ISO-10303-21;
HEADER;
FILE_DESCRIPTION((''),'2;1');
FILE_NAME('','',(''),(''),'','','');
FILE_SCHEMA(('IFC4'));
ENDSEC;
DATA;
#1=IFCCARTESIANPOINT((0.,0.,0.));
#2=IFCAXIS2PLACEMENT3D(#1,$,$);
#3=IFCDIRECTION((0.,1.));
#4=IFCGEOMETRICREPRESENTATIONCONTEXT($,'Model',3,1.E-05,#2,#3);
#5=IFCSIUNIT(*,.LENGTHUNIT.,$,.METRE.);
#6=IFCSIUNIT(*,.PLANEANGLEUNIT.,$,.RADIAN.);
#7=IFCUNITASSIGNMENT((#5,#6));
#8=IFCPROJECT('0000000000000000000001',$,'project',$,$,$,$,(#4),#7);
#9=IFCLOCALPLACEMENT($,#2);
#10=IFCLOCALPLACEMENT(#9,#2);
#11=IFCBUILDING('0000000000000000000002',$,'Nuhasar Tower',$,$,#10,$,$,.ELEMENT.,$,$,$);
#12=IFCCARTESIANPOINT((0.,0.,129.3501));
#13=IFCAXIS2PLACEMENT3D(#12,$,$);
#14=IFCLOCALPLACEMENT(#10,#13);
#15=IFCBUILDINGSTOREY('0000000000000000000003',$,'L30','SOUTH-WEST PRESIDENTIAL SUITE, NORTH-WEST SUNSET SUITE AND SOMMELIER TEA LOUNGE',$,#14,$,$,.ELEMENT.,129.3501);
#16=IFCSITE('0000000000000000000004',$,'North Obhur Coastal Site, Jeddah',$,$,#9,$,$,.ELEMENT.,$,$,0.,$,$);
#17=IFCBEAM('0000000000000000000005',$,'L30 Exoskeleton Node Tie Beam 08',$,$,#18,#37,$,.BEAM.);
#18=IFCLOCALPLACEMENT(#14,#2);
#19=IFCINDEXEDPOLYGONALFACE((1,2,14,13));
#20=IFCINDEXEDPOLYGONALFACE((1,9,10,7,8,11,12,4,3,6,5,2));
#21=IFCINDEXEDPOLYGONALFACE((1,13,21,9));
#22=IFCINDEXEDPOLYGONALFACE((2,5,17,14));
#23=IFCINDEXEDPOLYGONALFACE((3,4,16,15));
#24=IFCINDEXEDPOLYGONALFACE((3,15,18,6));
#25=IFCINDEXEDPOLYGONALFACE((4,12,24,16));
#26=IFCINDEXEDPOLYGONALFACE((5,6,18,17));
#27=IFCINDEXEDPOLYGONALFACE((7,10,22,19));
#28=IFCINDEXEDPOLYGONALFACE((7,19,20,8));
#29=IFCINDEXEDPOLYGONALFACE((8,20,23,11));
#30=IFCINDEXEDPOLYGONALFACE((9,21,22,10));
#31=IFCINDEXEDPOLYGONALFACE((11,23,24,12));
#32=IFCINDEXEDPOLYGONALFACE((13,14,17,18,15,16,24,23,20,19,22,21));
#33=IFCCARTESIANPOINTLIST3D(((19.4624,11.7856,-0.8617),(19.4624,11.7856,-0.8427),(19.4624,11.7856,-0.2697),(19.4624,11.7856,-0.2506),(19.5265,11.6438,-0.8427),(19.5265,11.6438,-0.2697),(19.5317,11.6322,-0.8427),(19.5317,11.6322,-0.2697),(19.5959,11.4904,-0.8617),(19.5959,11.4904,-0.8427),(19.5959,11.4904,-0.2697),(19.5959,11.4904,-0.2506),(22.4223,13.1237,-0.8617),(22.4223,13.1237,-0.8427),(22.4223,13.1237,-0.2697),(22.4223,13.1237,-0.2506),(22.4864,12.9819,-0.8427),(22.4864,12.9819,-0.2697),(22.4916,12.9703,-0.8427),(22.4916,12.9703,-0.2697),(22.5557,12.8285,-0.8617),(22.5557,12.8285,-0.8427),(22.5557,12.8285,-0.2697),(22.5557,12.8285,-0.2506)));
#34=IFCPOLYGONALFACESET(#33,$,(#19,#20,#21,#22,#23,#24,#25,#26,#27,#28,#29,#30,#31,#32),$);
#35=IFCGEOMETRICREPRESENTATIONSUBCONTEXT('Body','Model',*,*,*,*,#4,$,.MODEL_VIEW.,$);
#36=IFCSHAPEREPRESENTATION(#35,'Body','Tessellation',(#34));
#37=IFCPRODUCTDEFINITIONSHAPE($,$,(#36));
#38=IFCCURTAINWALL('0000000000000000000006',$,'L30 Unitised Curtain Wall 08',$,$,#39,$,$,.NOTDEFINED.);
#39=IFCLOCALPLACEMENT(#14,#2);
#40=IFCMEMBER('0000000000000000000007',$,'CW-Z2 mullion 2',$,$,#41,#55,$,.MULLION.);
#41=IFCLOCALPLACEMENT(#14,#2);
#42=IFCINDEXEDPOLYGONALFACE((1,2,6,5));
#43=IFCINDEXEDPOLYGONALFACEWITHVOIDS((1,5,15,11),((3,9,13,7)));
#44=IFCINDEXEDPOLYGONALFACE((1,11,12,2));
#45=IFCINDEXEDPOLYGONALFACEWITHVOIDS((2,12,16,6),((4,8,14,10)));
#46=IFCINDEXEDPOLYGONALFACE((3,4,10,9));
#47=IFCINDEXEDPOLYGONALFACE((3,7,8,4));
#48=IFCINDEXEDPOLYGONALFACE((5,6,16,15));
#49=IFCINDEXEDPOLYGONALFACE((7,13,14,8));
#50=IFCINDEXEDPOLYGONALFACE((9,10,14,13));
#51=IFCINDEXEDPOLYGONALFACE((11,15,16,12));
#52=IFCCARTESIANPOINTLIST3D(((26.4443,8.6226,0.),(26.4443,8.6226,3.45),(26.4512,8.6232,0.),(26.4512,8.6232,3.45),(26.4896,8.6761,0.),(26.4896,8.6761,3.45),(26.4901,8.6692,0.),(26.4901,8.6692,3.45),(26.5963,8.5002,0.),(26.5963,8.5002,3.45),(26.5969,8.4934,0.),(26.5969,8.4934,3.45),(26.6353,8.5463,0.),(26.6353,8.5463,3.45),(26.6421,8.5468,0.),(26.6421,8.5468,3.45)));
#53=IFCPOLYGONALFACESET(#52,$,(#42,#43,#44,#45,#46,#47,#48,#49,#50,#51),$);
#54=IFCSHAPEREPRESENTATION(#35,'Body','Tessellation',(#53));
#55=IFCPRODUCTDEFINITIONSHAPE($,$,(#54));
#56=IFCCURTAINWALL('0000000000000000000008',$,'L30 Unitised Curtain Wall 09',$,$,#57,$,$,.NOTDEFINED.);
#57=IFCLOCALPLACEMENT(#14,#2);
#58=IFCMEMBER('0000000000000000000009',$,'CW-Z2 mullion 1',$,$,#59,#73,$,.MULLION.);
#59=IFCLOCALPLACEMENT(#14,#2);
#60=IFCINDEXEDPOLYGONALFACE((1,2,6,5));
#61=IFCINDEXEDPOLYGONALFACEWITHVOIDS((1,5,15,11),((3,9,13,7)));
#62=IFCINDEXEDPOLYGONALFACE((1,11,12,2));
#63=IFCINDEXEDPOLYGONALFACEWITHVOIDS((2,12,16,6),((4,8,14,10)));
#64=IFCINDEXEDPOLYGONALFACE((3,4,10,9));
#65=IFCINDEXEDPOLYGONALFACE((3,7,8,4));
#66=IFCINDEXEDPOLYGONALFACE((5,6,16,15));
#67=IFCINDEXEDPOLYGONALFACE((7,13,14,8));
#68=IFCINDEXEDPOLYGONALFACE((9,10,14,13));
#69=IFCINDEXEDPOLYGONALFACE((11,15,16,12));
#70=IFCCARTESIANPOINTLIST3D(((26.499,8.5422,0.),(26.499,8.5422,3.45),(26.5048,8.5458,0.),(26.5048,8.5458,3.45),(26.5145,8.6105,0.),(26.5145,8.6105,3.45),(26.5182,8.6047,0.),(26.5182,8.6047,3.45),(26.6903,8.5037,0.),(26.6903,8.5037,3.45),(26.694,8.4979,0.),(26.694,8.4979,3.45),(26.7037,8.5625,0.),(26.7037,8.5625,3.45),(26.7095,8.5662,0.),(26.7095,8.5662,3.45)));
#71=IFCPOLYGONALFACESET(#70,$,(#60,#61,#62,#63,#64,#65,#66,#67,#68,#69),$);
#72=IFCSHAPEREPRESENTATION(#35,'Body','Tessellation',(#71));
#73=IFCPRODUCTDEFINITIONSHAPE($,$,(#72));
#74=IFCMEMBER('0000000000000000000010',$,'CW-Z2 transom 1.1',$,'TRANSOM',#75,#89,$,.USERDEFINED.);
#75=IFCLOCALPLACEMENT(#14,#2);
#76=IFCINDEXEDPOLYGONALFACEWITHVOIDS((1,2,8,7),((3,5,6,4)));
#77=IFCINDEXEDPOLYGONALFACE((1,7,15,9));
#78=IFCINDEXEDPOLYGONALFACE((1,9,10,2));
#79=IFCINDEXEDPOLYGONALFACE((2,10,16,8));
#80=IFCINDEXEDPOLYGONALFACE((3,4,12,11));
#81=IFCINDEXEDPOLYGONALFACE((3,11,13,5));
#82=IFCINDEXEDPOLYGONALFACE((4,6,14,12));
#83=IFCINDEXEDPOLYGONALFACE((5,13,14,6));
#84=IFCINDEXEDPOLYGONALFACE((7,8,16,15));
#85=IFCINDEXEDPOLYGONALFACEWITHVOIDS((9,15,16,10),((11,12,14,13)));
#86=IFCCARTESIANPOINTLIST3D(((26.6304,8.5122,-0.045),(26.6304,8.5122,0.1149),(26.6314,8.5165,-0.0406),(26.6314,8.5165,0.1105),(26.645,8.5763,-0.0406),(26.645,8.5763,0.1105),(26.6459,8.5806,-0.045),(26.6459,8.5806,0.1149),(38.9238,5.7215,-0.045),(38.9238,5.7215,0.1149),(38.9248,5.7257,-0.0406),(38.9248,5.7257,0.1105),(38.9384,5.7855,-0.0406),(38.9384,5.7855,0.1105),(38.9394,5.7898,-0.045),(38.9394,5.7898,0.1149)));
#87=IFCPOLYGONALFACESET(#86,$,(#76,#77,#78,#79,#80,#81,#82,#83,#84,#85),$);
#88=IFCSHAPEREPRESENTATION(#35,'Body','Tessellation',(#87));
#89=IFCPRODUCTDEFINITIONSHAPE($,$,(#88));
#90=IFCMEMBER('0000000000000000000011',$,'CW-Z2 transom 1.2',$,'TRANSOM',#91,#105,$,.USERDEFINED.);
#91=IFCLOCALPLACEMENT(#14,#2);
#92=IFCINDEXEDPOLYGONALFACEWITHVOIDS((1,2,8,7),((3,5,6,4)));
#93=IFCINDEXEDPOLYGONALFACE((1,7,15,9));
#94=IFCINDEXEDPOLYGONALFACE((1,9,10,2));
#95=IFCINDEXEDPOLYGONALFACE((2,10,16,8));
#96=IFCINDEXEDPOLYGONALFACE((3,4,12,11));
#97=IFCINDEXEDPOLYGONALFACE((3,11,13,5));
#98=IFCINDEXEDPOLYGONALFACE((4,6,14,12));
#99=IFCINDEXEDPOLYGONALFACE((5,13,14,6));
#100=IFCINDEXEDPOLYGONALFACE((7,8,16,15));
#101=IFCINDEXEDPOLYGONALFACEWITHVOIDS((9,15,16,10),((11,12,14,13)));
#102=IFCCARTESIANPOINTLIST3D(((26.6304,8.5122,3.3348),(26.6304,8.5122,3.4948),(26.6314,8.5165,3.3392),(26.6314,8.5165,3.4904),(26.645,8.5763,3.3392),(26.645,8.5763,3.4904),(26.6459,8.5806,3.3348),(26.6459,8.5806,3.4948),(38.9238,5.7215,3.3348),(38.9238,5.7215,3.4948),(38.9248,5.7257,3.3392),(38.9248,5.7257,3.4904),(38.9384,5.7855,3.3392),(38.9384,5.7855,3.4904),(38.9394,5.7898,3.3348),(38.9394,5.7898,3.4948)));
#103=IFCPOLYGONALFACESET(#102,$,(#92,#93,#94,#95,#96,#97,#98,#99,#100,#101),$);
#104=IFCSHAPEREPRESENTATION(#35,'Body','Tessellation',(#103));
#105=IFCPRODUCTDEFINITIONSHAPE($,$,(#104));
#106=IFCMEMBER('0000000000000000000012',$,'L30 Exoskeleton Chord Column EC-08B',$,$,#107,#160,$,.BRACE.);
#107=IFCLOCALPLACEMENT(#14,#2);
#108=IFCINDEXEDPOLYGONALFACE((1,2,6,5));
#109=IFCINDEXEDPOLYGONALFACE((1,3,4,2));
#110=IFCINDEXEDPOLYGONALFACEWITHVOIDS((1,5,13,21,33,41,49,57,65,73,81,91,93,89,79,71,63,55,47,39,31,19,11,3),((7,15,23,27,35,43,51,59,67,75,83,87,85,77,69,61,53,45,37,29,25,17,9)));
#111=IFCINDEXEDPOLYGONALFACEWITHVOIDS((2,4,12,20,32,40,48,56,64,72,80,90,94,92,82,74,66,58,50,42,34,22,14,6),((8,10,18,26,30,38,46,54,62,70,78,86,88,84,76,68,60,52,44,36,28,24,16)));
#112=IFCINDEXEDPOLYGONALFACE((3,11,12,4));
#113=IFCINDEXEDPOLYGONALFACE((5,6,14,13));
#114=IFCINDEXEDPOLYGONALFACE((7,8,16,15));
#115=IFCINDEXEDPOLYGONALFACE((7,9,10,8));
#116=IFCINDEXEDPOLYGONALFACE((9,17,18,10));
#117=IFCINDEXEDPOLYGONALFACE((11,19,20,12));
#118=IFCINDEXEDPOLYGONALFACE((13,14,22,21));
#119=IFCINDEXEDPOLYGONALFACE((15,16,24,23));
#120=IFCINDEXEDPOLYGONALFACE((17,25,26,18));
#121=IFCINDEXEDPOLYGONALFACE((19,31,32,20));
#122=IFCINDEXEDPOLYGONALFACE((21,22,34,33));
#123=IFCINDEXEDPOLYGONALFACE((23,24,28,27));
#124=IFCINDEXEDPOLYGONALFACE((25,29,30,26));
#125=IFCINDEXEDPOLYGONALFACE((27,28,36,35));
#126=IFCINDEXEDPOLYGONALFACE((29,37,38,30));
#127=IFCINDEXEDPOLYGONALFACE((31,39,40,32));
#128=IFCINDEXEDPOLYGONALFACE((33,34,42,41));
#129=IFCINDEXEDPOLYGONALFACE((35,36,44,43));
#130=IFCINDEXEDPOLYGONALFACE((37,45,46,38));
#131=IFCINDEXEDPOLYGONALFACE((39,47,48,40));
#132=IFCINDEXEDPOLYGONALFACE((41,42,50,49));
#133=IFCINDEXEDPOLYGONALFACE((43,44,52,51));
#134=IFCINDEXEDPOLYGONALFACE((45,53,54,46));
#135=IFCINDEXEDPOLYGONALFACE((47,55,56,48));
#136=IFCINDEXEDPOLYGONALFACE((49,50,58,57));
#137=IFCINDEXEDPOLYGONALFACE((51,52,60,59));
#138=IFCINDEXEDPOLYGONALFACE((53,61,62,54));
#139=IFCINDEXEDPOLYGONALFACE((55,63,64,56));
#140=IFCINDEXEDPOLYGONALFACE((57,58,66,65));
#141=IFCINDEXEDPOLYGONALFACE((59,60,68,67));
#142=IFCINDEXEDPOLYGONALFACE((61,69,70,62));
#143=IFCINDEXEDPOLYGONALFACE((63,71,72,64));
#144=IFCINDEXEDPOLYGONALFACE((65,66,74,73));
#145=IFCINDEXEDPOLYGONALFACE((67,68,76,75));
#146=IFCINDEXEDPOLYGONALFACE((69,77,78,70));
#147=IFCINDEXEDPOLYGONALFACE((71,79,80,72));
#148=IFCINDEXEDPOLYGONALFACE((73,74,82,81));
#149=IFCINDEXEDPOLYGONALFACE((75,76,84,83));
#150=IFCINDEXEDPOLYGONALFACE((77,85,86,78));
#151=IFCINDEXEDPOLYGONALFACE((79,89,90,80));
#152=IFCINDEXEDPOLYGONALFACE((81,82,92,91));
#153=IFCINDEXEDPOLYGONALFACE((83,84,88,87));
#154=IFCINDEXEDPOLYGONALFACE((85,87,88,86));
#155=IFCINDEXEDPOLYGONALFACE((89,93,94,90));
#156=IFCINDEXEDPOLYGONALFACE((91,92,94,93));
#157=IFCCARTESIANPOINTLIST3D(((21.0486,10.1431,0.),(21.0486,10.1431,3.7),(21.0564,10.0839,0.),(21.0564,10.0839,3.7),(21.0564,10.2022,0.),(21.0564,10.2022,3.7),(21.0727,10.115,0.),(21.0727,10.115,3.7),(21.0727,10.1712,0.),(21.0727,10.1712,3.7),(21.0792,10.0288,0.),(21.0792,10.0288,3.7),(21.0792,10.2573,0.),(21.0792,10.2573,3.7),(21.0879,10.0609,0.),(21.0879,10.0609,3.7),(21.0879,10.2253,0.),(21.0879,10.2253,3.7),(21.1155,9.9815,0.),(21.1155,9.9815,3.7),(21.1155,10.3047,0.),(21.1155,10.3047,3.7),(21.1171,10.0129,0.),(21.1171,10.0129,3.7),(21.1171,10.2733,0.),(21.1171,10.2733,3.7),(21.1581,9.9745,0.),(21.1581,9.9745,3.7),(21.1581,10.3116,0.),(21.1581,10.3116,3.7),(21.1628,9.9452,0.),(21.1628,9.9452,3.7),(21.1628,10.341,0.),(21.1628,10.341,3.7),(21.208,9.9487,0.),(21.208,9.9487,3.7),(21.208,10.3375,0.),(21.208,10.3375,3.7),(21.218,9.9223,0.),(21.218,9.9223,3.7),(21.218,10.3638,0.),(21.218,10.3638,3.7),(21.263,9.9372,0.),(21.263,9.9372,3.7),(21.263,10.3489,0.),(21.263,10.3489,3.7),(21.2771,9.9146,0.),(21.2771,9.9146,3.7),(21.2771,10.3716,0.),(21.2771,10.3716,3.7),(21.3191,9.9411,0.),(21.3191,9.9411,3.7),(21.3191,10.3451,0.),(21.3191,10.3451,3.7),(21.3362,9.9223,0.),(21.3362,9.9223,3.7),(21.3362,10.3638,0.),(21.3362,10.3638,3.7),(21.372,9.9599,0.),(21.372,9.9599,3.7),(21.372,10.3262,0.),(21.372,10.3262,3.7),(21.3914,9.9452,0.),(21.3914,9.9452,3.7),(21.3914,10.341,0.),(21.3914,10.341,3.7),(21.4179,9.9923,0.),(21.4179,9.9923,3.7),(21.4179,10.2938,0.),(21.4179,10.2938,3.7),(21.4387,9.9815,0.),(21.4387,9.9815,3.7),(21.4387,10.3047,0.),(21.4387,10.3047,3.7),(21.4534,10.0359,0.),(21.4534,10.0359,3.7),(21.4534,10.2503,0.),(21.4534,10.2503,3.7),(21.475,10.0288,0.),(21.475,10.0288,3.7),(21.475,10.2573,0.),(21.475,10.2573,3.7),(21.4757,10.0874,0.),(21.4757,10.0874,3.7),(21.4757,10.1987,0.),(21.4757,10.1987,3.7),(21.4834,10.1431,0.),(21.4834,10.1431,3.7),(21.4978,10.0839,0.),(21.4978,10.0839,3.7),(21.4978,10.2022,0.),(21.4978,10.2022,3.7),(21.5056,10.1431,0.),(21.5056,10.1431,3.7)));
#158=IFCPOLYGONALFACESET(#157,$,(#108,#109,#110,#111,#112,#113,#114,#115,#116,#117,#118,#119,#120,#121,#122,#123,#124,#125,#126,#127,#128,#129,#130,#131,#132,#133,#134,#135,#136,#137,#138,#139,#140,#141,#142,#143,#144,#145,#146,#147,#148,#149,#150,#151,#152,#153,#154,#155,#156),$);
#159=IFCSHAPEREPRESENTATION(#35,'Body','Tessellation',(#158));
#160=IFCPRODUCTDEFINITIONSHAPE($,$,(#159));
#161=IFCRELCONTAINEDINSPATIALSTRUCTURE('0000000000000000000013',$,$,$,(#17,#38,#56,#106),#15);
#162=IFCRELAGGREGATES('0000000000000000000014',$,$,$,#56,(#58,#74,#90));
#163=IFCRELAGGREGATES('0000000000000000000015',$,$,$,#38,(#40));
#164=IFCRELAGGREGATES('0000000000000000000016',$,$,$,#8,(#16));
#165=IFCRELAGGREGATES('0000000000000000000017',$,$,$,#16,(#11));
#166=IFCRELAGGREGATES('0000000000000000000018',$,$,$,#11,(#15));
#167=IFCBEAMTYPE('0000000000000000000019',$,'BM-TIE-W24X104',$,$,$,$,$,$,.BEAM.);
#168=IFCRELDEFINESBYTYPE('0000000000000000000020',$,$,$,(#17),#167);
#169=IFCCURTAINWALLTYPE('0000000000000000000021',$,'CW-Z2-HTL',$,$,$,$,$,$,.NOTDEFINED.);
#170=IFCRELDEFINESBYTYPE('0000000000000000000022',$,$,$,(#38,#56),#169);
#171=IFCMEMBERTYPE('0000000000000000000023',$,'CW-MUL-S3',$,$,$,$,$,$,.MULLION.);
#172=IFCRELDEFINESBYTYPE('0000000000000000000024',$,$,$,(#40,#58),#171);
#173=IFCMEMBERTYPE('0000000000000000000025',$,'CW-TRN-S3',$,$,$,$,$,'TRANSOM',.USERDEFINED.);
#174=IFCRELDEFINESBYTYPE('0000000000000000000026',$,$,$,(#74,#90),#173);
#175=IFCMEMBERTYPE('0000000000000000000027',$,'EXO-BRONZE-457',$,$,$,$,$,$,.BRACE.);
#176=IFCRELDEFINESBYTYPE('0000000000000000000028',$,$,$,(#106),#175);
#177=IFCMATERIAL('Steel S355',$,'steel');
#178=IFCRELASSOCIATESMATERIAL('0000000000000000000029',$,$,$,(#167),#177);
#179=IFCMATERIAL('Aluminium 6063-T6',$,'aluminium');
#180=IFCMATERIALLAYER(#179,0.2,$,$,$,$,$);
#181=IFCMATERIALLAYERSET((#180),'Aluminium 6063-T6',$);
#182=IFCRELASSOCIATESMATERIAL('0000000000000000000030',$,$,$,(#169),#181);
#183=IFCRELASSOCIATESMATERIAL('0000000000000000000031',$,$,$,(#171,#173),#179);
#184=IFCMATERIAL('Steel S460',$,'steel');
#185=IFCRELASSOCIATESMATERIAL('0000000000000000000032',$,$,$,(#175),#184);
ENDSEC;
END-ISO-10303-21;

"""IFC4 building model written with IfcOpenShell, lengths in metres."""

from ifc_helpers import new_model, si_unit, direction, frame, origin, origin_2d, place, context, subcontext, project, spatial, hollow_rectangle, hollow_circle, i_section, extrude, material, layer, layer_set, material_profile, profile_set, type_object, element, aggregate, save


model = new_model("IFC4")

# Units and contexts
model_context = context("Model", 3, precision=1e-05, world=origin(), true_north=direction((0.0, 1.0)))
body_context = subcontext(model_context, "Body", "Model", "MODEL_VIEW")
ifc_project = project(units=[si_unit("LENGTHUNIT", "METRE"), si_unit("PLANEANGLEUNIT", "RADIAN")], contexts=[model_context])

# Site, building, storey
site_placement = place(None, origin())
site = spatial("IfcSite", under=ifc_project, at=site_placement, Name="North Obhur Coastal Site, Jeddah", CompositionType="ELEMENT", RefElevation=0.0)
building_placement = place(site_placement, origin())
building = spatial("IfcBuilding", under=site, at=building_placement, Name="Nuhasar Tower", CompositionType="ELEMENT")
storey_placement = place(building_placement, frame((0.0, 0.0, 129.3501)))
storey = spatial("IfcBuildingStorey", under=building, at=storey_placement, Name="L30", Description="SOUTH-WEST PRESIDENTIAL SUITE, NORTH-WEST SUNSET SUITE AND SOMMELIER TEA LOUNGE", CompositionType="ELEMENT", Elevation=129.3501)

# Beam
ifc_material_1 = material(Name="Steel S355", Category="steel")
ifc_material_profile_1 = material_profile(ifc_material_1, i_section(OverallWidth=0.324, OverallDepth=0.6111, WebThickness=0.0127, FlangeThickness=0.019, at=origin_2d()), Name="W24X104")
ifc_profile_set_1 = profile_set([ifc_material_profile_1], Name="Steel S355")
beam_type_1 = type_object("IfcBeamType", Name="BM-TIE-W24X104", PredefinedType="BEAM", material=ifc_profile_set_1)
beam_1_placement = place(storey_placement, frame((22.489, 12.9761, -0.5562), z_axis=(-0.911211, -0.411939, 0.0), x_axis=(0.411939, -0.911211, 0.0)))
element("IfcBeam", 1, at=beam_1_placement, inside=storey, type_object=beam_type_1, Name="L30 Exoskeleton Node Tie Beam 08", PredefinedType="BEAM", context=body_context, shape_type="SweptSolid", body=[
    extrude(i_section(OverallWidth=0.324, OverallDepth=0.6111, WebThickness=0.0127, FlangeThickness=0.019, at=origin_2d()), origin(), (0.0, 0.0, 1.0), 3.2483),
])

# Curtain wall, member
ifc_material_2 = material(Name="Aluminium 6063-T6", Category="aluminium")
ifc_layer_1 = layer(ifc_material_2, 0.2)
ifc_layer_set_1 = layer_set([ifc_layer_1], Name="Aluminium 6063-T6")
curtain_wall_type = type_object("IfcCurtainWallType", Name="CW-Z2-HTL", PredefinedType="NOTDEFINED", material=ifc_layer_set_1)
curtain_wall_1_placement = place(storey_placement, origin())
curtain_wall_1 = element("IfcCurtainWall", 2, at=curtain_wall_1_placement, inside=storey, type_object=curtain_wall_type, Name="L30 Unitised Curtain Wall 08", PredefinedType="NOTDEFINED")
ifc_material_profile_2 = material_profile(ifc_material_2, hollow_rectangle(XDim=0.0701, YDim=0.2, WallThickness=0.0049, at=origin_2d()), Name="CWM-3")
ifc_profile_set_2 = profile_set([ifc_material_profile_2], Name="Aluminium 6063-T6")
member_type_1 = type_object("IfcMemberType", Name="CW-MUL-S3", PredefinedType="MULLION", material=ifc_profile_set_2)
member_1_placement = place(storey_placement, frame((26.5432, 8.5847, 0.0), z_axis=(0.0, 0.0, 1.0), x_axis=(0.646374, 0.76302, 0.0)))
member_1 = element("IfcMember", 3, at=member_1_placement, type_object=member_type_1, Name="CW-Z2 mullion 2", PredefinedType="MULLION", context=body_context, shape_type="SweptSolid", body=[
    extrude(hollow_rectangle(XDim=0.0701, YDim=0.2, WallThickness=0.0049, at=origin_2d()), origin(), (0.0, 0.0, 1.0), 3.45),
])

# Curtain wall, members
curtain_wall_2_placement = place(storey_placement, origin())
curtain_wall_2 = element("IfcCurtainWall", 4, at=curtain_wall_2_placement, inside=storey, type_object=curtain_wall_type, Name="L30 Unitised Curtain Wall 09", PredefinedType="NOTDEFINED")
member_2_placement = place(storey_placement, frame((26.6042, 8.5542, 0.0), z_axis=(0.0, 0.0, 1.0), x_axis=(0.221397, 0.975184, 0.0)))
member_2 = element("IfcMember", 5, at=member_2_placement, type_object=member_type_1, Name="CW-Z2 mullion 1", PredefinedType="MULLION", context=body_context, shape_type="SweptSolid", body=[
    extrude(hollow_rectangle(XDim=0.0701, YDim=0.2, WallThickness=0.0049, at=origin_2d()), origin(), (0.0, 0.0, 1.0), 3.45),
])
ifc_material_profile_3 = material_profile(ifc_material_2, hollow_rectangle(XDim=0.0701, YDim=0.1599, WallThickness=0.0044, at=origin_2d()), Name="CWT-3")
ifc_profile_set_3 = profile_set([ifc_material_profile_3], Name="Aluminium 6063-T6")
member_type_2 = type_object("IfcMemberType", Name="CW-TRN-S3", ElementType="TRANSOM", PredefinedType="USERDEFINED", material=ifc_profile_set_3)
member_3_placement = place(storey_placement, frame((26.6382, 8.5464, 0.0349), z_axis=(0.975188, -0.22138, 0.0), x_axis=(0.22138, 0.975188, 0.0)))
member_3 = element("IfcMember", 6, at=member_3_placement, type_object=member_type_2, Name="CW-Z2 transom 1.1", ObjectType="TRANSOM", PredefinedType="USERDEFINED", context=body_context, shape_type="SweptSolid", body=[
    extrude(hollow_rectangle(XDim=0.0701, YDim=0.1599, WallThickness=0.0044, at=origin_2d()), origin(), (0.0, 0.0, 1.0), 12.6062),
])
member_4_placement = place(storey_placement, frame((26.6382, 8.5464, 3.4148), z_axis=(0.975188, -0.22138, 0.0), x_axis=(0.22138, 0.975188, 0.0)))
member_4 = element("IfcMember", 7, at=member_4_placement, type_object=member_type_2, Name="CW-Z2 transom 1.2", ObjectType="TRANSOM", PredefinedType="USERDEFINED", context=body_context, shape_type="SweptSolid", body=[
    extrude(hollow_rectangle(XDim=0.0701, YDim=0.1599, WallThickness=0.0044, at=origin_2d()), origin(), (0.0, 0.0, 1.0), 12.6062),
])
aggregate(curtain_wall_2, [member_2, member_3, member_4])

# Member
ifc_material_3 = material(Name="Steel S460", Category="steel")
ifc_material_profile_4 = material_profile(ifc_material_3, hollow_circle(Radius=0.2285, WallThickness=0.0222, at=origin_2d()), Name="HSS457X22.2")
ifc_profile_set_4 = profile_set([ifc_material_profile_4], Name="Steel S460")
member_type_3 = type_object("IfcMemberType", Name="EXO-BRONZE-457", PredefinedType="BRACE", material=ifc_profile_set_4)
member_5_placement = place(storey_placement, frame((21.2771, 10.1431, 0.0), z_axis=(0.0, 0.0, 1.0), x_axis=(1.0, 0.0, 0.0)))
element("IfcMember", 8, at=member_5_placement, inside=storey, type_object=member_type_3, Name="L30 Exoskeleton Chord Column EC-08B", PredefinedType="BRACE", context=body_context, shape_type="SweptSolid", body=[
    extrude(hollow_circle(Radius=0.2285, WallThickness=0.0222, at=origin_2d()), origin(), (0.0, 0.0, 1.0), 3.7),
])

aggregate(curtain_wall_1, [member_1])

save(model, "model.ifc")
